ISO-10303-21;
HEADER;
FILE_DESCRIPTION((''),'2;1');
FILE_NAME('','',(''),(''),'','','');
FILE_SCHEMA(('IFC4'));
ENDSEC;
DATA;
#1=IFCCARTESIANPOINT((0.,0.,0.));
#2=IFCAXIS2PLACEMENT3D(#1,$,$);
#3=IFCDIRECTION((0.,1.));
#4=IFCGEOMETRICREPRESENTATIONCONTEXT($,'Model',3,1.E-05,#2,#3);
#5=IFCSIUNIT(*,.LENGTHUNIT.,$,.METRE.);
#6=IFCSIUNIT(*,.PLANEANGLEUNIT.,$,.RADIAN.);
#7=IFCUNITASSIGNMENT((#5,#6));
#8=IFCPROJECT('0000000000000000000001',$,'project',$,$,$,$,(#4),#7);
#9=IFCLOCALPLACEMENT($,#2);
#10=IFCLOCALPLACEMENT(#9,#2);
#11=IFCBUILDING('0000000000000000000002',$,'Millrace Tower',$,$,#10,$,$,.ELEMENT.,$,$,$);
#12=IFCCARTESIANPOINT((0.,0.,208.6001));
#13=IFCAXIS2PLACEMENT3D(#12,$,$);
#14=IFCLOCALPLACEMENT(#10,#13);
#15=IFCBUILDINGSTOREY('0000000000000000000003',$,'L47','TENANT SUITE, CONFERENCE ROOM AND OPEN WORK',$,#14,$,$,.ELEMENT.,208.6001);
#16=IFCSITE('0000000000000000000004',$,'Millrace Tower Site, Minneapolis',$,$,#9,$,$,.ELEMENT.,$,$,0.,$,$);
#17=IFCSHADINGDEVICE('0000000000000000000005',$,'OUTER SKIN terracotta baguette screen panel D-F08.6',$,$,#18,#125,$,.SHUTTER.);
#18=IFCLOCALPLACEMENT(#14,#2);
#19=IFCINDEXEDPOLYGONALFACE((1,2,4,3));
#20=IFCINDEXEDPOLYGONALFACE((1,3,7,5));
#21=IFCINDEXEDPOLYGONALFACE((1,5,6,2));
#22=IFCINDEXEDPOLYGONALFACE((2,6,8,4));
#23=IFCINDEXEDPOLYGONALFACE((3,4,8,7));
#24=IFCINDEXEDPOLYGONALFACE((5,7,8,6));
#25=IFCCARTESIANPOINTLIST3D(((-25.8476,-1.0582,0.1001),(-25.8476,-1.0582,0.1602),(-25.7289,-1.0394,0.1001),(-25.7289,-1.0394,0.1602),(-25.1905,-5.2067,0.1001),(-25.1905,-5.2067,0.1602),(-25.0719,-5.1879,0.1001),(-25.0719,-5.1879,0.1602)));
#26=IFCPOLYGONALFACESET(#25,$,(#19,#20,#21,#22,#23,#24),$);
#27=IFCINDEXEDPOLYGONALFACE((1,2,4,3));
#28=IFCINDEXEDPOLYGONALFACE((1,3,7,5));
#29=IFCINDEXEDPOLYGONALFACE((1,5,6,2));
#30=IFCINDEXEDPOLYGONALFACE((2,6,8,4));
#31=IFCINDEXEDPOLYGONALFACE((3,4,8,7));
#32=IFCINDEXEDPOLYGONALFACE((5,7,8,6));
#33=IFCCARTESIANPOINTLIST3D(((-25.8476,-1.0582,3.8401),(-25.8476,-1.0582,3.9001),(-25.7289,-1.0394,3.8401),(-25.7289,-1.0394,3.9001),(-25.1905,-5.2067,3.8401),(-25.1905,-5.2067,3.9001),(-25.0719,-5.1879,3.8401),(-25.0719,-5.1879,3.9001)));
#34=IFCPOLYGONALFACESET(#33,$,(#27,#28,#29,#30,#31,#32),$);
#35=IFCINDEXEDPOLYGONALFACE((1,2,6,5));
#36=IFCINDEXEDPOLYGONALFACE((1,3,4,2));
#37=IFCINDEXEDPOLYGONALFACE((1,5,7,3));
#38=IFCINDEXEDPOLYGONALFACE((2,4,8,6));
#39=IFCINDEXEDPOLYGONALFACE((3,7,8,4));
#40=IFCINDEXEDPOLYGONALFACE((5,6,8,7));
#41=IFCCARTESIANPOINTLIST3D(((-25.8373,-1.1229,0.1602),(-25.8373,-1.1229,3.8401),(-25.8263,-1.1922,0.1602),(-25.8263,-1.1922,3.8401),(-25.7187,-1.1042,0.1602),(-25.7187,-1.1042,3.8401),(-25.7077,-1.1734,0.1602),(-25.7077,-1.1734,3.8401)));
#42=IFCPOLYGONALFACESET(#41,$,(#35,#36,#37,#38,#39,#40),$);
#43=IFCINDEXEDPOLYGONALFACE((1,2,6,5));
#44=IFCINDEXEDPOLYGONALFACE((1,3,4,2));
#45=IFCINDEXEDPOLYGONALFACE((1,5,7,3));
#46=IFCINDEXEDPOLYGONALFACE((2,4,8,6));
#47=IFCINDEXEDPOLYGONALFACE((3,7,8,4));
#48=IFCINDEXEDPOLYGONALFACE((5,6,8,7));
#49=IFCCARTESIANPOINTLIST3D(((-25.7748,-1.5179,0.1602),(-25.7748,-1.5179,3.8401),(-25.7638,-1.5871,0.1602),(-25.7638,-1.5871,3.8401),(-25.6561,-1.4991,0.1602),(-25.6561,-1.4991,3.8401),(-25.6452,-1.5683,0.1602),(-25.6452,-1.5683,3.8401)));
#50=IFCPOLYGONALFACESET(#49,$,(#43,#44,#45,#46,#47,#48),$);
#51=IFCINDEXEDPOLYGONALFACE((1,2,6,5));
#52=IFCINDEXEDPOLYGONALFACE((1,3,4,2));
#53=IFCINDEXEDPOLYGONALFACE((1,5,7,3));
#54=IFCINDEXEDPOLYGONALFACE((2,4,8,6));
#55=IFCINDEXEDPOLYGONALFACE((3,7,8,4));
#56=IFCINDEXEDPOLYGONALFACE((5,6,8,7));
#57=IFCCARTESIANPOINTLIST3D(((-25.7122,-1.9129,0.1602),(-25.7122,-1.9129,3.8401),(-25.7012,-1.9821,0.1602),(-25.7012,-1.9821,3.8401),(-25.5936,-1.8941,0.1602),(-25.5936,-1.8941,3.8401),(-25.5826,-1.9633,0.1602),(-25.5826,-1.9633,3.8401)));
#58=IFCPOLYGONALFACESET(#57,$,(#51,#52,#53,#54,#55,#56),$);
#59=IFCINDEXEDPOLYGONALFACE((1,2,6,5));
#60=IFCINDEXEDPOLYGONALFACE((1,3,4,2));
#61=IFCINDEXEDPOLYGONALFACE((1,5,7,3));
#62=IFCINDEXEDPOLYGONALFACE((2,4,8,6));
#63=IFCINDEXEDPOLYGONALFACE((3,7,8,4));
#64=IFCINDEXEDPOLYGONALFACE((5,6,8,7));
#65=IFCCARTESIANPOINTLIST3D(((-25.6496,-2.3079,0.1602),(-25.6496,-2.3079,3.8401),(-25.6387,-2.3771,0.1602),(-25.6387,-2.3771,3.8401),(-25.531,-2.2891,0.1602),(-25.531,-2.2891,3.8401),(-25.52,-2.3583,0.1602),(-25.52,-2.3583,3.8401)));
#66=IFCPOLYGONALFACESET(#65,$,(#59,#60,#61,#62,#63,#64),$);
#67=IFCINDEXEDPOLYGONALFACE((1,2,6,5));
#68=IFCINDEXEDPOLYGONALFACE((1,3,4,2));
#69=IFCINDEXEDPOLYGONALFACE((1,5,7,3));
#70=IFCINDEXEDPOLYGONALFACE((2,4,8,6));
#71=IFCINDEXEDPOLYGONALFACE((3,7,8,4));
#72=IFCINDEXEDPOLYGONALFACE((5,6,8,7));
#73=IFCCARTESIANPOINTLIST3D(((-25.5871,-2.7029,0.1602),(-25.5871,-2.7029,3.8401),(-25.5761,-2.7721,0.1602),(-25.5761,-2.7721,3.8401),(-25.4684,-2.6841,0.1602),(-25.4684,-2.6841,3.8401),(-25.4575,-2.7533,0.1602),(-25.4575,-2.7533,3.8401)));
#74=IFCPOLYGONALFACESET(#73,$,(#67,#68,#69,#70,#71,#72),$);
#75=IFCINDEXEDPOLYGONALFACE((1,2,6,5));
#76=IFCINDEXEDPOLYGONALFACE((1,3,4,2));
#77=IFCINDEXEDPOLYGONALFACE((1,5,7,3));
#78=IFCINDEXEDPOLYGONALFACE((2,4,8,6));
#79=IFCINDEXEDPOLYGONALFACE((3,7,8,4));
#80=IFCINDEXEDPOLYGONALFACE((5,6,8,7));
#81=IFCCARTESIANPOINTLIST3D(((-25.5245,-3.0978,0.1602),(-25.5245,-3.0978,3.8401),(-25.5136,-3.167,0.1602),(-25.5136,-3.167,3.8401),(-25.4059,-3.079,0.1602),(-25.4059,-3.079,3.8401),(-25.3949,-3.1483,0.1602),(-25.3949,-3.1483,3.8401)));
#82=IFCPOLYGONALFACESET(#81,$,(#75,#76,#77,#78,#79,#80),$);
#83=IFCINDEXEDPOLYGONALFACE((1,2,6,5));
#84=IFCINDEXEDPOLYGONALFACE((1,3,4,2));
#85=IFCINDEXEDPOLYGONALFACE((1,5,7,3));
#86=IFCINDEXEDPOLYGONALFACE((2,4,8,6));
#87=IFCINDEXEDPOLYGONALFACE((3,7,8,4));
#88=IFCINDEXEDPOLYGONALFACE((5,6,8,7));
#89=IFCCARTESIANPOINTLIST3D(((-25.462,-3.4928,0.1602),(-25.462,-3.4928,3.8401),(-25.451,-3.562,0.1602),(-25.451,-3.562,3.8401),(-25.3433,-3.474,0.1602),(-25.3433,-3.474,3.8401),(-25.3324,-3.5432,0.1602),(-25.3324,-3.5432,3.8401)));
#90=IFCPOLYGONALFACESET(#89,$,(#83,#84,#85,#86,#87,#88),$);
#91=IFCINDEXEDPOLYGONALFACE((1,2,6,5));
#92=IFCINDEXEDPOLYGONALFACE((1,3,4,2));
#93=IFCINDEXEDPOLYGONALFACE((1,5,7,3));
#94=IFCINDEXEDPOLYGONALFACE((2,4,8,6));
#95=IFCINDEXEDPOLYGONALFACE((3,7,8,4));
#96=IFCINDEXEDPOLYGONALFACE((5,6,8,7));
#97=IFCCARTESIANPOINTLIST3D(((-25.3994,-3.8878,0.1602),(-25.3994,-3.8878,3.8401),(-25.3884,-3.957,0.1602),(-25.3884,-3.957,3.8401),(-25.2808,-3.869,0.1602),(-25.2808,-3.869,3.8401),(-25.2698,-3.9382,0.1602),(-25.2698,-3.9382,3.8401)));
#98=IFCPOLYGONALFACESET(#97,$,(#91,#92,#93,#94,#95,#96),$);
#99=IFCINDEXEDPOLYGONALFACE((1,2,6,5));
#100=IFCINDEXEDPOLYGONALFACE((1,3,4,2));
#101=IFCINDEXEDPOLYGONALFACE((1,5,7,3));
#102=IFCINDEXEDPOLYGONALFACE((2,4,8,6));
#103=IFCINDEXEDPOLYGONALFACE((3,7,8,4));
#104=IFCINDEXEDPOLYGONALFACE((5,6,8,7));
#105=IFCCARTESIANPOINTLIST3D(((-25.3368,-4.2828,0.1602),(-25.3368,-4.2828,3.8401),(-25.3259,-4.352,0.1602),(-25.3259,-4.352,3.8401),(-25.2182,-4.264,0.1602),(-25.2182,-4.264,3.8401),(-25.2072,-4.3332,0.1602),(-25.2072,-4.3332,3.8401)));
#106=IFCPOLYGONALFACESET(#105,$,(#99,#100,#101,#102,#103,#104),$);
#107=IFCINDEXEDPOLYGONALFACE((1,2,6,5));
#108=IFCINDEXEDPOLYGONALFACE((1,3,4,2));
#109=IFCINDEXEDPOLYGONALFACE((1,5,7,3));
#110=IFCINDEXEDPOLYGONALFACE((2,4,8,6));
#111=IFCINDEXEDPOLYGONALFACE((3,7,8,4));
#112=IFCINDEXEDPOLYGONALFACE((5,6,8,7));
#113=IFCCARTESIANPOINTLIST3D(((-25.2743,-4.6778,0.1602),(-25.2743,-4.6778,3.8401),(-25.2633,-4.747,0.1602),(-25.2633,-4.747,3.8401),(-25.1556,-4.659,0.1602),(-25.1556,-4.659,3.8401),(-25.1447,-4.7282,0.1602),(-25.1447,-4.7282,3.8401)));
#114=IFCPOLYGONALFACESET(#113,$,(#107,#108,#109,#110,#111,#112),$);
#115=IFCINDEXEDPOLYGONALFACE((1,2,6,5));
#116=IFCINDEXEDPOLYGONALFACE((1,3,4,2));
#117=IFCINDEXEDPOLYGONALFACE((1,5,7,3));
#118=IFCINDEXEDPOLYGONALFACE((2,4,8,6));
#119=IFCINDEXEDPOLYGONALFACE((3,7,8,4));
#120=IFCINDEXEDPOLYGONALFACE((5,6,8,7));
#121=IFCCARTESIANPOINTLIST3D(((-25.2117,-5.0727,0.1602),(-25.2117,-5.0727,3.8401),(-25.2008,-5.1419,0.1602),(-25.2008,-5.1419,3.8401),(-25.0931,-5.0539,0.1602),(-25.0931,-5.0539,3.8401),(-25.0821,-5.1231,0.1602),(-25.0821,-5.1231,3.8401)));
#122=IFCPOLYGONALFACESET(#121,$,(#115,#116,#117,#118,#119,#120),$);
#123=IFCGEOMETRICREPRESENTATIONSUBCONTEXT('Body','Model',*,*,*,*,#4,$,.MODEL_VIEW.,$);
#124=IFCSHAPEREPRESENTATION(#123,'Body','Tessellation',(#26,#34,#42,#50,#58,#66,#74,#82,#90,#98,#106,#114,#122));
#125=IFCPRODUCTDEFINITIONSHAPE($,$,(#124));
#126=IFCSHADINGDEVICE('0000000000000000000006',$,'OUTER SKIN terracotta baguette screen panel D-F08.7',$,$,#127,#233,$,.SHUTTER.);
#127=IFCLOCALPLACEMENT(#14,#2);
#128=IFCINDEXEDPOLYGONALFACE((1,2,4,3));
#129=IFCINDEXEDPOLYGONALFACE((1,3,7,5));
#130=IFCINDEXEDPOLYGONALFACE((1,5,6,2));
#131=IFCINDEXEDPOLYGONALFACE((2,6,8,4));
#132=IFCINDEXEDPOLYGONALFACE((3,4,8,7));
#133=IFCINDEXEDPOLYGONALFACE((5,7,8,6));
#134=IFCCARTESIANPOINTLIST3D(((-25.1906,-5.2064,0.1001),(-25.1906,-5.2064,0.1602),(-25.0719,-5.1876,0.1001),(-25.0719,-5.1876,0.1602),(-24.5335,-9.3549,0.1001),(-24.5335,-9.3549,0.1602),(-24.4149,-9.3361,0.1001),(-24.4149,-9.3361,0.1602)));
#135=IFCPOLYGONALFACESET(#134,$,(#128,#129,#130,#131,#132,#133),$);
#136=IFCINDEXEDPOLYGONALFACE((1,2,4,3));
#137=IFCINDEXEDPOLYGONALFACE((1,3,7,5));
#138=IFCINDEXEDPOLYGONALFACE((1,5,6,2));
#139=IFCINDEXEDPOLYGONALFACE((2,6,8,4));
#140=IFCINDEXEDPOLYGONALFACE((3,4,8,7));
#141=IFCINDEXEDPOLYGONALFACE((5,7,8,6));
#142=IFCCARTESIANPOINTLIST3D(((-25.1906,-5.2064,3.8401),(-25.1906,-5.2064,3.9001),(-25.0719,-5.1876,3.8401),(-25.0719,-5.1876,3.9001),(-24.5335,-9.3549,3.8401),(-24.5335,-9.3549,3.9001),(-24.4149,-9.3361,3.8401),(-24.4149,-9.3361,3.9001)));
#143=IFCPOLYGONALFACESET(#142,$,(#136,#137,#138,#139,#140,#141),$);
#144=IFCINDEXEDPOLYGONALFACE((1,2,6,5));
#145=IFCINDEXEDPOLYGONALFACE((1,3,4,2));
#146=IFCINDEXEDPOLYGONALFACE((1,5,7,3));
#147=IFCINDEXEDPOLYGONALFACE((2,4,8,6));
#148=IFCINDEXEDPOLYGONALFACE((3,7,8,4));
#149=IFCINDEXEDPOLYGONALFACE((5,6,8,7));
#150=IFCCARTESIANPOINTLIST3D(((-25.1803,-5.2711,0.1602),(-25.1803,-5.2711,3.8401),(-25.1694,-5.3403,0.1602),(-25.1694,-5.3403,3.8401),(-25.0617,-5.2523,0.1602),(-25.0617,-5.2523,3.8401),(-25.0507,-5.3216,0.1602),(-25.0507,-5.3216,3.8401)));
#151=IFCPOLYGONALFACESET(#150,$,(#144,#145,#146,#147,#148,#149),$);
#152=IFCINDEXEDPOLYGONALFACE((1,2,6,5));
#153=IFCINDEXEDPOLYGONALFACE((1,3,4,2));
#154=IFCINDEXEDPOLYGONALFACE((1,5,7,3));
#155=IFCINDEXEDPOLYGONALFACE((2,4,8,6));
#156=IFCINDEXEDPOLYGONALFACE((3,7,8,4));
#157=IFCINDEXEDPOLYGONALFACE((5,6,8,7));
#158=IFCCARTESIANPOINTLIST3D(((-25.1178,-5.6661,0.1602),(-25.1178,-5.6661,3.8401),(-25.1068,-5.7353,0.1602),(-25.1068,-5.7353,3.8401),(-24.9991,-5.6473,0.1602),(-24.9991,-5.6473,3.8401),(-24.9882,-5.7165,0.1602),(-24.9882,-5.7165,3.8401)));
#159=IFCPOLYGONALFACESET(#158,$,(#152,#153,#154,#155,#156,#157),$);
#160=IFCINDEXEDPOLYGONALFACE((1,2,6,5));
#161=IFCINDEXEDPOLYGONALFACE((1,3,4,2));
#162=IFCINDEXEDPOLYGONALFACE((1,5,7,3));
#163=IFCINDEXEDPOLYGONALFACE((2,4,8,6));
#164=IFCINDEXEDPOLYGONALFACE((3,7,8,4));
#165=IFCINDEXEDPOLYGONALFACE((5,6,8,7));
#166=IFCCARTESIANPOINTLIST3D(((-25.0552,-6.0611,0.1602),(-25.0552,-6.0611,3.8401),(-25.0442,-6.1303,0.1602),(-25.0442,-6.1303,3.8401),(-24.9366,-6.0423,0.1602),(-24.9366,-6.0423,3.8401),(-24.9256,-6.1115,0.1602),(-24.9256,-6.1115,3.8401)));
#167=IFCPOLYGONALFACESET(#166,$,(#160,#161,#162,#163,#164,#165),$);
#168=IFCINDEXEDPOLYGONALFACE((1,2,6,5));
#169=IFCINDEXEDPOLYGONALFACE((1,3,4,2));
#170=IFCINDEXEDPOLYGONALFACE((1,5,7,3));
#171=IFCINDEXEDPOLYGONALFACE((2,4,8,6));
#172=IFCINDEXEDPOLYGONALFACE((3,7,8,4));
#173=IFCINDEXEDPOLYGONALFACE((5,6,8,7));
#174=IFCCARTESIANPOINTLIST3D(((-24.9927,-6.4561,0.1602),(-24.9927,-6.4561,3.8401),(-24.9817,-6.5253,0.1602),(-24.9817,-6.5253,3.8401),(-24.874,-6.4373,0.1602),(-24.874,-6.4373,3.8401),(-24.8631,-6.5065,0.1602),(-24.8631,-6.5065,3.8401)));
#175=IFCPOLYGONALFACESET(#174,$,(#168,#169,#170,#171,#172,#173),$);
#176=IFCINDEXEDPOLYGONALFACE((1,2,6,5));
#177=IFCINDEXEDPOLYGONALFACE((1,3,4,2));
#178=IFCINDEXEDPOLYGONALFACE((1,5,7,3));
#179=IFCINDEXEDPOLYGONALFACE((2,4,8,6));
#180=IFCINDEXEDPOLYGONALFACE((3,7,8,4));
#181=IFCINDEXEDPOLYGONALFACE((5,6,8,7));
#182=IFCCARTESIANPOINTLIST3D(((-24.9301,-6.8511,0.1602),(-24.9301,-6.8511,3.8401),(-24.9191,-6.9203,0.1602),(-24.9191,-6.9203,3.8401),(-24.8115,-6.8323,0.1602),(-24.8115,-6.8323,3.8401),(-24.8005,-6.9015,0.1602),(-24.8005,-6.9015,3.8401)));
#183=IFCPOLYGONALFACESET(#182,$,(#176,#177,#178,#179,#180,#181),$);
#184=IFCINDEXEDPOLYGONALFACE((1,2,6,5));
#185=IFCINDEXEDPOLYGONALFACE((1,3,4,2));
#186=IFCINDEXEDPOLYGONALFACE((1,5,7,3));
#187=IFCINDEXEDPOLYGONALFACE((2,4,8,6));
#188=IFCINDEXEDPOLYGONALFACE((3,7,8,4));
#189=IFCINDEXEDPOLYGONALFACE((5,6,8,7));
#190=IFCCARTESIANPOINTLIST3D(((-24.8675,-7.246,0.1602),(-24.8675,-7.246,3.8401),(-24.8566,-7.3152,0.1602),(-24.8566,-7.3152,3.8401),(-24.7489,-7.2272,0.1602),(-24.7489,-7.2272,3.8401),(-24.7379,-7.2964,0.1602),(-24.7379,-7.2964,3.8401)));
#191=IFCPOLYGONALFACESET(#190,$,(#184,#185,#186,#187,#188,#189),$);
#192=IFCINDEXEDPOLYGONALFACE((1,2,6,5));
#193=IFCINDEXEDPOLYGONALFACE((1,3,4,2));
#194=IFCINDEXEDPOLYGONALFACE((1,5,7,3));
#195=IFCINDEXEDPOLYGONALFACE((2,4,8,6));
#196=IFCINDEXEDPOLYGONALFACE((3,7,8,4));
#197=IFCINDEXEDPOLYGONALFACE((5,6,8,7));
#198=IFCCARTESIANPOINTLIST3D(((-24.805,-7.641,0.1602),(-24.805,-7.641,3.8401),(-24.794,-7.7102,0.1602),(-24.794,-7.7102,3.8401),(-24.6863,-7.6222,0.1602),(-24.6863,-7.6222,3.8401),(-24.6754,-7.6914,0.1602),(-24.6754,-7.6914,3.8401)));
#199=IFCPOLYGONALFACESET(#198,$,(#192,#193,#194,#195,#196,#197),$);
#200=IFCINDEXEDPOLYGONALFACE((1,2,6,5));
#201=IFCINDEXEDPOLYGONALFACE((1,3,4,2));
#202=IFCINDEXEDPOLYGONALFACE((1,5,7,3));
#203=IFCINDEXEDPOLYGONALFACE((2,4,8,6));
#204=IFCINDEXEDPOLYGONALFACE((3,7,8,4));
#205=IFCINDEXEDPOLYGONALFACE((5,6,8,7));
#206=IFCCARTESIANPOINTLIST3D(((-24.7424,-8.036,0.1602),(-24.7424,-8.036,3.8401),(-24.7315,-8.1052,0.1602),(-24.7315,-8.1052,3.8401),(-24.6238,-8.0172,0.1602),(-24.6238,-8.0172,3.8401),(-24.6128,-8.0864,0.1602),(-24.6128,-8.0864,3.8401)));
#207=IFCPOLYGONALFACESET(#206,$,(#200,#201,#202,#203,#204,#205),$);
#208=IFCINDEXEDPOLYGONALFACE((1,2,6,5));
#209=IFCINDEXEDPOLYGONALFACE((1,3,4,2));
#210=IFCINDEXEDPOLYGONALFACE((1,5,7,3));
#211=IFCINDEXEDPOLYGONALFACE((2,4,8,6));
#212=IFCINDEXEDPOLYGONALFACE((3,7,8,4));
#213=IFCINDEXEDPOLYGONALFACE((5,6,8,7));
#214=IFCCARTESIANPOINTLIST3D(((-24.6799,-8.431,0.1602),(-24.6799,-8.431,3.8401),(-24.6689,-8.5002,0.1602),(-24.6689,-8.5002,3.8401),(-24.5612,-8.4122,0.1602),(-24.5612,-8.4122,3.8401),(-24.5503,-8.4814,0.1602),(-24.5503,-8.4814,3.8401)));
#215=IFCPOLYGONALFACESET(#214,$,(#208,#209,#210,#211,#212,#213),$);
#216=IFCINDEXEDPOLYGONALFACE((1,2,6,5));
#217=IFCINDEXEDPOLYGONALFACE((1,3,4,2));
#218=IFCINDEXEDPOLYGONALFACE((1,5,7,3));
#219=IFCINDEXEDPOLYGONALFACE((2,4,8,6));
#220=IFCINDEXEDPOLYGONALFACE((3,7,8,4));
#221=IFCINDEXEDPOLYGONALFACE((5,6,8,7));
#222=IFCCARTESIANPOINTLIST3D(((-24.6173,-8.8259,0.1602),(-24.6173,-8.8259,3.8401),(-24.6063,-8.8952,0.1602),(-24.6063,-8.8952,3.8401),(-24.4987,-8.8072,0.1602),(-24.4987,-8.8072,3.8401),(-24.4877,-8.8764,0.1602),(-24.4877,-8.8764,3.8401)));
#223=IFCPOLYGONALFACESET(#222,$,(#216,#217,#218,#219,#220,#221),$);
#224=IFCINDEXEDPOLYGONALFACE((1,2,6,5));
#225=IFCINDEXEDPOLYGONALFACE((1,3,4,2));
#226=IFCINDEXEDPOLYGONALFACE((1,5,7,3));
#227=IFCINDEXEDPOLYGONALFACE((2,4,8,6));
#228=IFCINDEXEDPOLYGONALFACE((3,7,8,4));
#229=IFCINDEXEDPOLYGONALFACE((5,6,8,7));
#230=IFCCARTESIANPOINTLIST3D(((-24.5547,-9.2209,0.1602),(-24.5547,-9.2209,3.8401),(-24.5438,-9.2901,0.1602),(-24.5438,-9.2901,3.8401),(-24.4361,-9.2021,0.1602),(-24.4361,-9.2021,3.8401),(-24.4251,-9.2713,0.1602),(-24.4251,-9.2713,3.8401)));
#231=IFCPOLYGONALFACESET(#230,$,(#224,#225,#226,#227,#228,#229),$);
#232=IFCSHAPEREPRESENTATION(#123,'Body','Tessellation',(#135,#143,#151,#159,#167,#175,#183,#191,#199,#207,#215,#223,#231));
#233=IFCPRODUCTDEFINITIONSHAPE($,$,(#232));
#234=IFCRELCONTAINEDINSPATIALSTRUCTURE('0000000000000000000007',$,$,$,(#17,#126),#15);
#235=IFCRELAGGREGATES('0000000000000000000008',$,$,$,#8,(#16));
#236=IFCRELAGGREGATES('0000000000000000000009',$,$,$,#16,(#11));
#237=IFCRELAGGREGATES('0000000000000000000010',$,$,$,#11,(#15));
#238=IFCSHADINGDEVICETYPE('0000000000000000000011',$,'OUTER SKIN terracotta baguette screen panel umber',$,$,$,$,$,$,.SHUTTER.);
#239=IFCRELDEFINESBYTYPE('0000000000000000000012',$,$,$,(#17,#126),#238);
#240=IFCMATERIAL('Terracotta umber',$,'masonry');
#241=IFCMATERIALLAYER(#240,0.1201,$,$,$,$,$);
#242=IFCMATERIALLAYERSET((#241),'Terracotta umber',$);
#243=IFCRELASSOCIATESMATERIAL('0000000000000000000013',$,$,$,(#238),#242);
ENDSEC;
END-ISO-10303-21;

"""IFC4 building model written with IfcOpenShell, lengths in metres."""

from ifc_helpers import new_model, entity, si_unit, direction, frame, frame_2d, origin, origin_2d, place, context, subcontext, project, spatial, rectangle, extrude, source, transform, mapped, material, layer, layer_set, type_object, element, save


model = new_model("IFC4")

# Units and contexts
model_context = context("Model", 3, precision=1e-05, world=origin(), true_north=direction((0.0, 1.0)))
body_context = subcontext(model_context, "Body", "Model", "MODEL_VIEW")
ifc_project = project(units=[si_unit("LENGTHUNIT", "METRE"), si_unit("PLANEANGLEUNIT", "RADIAN")], contexts=[model_context])

# Site, building, storey
site_placement = place(None, origin())
site = spatial("IfcSite", under=ifc_project, at=site_placement, Name="Millrace Tower Site, Minneapolis", CompositionType="ELEMENT", RefElevation=0.0)
building_placement = place(site_placement, origin())
building = spatial("IfcBuilding", under=site, at=building_placement, Name="Millrace Tower", CompositionType="ELEMENT")
storey_placement = place(building_placement, frame((0.0, 0.0, 208.6001)))
storey = spatial("IfcBuildingStorey", under=building, at=storey_placement, Name="L47", Description="TENANT SUITE, CONFERENCE ROOM AND OPEN WORK", CompositionType="ELEMENT", Elevation=208.6001)

# Shading devices
ifc_material_1 = material(Name="Terracotta umber", Category="masonry")
ifc_layer_1 = layer(ifc_material_1, 0.1201)
ifc_layer_set_1 = layer_set([ifc_layer_1], Name="Terracotta umber")
shading_device_type = type_object("IfcShadingDeviceType", Name="OUTER SKIN terracotta baguette screen panel umber", PredefinedType="SHUTTER", material=ifc_layer_set_1)
cartesian_point = entity("IfcCartesianPoint", [-2.1001, 0.0601])
shared_polyline = entity("IfcPolyline", [cartesian_point, entity("IfcCartesianPoint", [2.1001, 0.0601]), entity("IfcCartesianPoint", [2.1001, -0.0601]), entity("IfcCartesianPoint", [-2.1001, -0.0601]), cartesian_point])
shared_shape = source(origin(), body_context, "Body", "SweptSolid", [
    entity("IfcExtrudedAreaSolid", entity("IfcArbitraryClosedProfileDef", "AREA", None, shared_polyline), entity("IfcAxis2Placement3D", entity("IfcCartesianPoint", [0.0, 0.0, 0.0])), entity("IfcDirection", [0.0, 0.0, 1.0]), 0.0601),
    entity("IfcExtrudedAreaSolid", entity("IfcArbitraryClosedProfileDef", "AREA", None, shared_polyline), entity("IfcAxis2Placement3D", entity("IfcCartesianPoint", [0.0, 0.0, 3.74])), entity("IfcDirection", [0.0, 0.0, 1.0]), 0.0601),
    extrude(rectangle(XDim=0.0701, YDim=0.1201, at=frame_2d((-1.9995, 0.0))), frame((0.0, 0.0, 0.0601)), (0.0, 0.0, 1.0), 3.6799),
    extrude(rectangle(XDim=0.0701, YDim=0.1201, at=frame_2d((-1.5996, 0.0))), frame((0.0, 0.0, 0.0601)), (0.0, 0.0, 1.0), 3.6799),
    extrude(rectangle(XDim=0.0701, YDim=0.1201, at=frame_2d((-1.1997, 0.0))), frame((0.0, 0.0, 0.0601)), (0.0, 0.0, 1.0), 3.6799),
    extrude(rectangle(XDim=0.0701, YDim=0.1201, at=frame_2d((-0.7998, 0.0))), frame((0.0, 0.0, 0.0601)), (0.0, 0.0, 1.0), 3.6799),
    extrude(rectangle(XDim=0.0701, YDim=0.1201, at=frame_2d((-0.3999, 0.0))), frame((0.0, 0.0, 0.0601)), (0.0, 0.0, 1.0), 3.6799),
    extrude(rectangle(XDim=0.0701, YDim=0.1201, at=origin_2d()), frame((0.0, 0.0, 0.0601)), (0.0, 0.0, 1.0), 3.6799),
    extrude(rectangle(XDim=0.0701, YDim=0.1201, at=frame_2d((0.3999, 0.0))), frame((0.0, 0.0, 0.0601)), (0.0, 0.0, 1.0), 3.6799),
    extrude(rectangle(XDim=0.0701, YDim=0.1201, at=frame_2d((0.7998, 0.0))), frame((0.0, 0.0, 0.0601)), (0.0, 0.0, 1.0), 3.6799),
    extrude(rectangle(XDim=0.0701, YDim=0.1201, at=frame_2d((1.1997, 0.0))), frame((0.0, 0.0, 0.0601)), (0.0, 0.0, 1.0), 3.6799),
    extrude(rectangle(XDim=0.0701, YDim=0.1201, at=frame_2d((1.5996, 0.0))), frame((0.0, 0.0, 0.0601)), (0.0, 0.0, 1.0), 3.6799),
    extrude(rectangle(XDim=0.0701, YDim=0.1201, at=frame_2d((1.9995, 0.0))), frame((0.0, 0.0, 0.0601)), (0.0, 0.0, 1.0), 3.6799),
])
for number, where, z_axis, x_axis, name in (
    (1, (-25.4597, -3.123, 0.1001), (0.0, 0.0, 1.0), (0.156434, -0.987688, 0.0), "OUTER SKIN terracotta baguette screen panel D-F08.6"),
    (2, (-24.8027, -7.2712, 0.1001), (0.0, 0.0, 1.0), (0.156434, -0.987688, 0.0), "OUTER SKIN terracotta baguette screen panel D-F08.7"),
):
    element("IfcShadingDevice", number, at=place(storey_placement, frame(where, z_axis=z_axis, x_axis=x_axis)), inside=storey, type_object=shading_device_type, Name=name, PredefinedType="SHUTTER", context=body_context, shape_type="MappedRepresentation", body=[
        mapped(shared_shape, transform((0.0, 0.0, 0.0), scale=1.0)),
    ])

save(model, "model.ifc")
